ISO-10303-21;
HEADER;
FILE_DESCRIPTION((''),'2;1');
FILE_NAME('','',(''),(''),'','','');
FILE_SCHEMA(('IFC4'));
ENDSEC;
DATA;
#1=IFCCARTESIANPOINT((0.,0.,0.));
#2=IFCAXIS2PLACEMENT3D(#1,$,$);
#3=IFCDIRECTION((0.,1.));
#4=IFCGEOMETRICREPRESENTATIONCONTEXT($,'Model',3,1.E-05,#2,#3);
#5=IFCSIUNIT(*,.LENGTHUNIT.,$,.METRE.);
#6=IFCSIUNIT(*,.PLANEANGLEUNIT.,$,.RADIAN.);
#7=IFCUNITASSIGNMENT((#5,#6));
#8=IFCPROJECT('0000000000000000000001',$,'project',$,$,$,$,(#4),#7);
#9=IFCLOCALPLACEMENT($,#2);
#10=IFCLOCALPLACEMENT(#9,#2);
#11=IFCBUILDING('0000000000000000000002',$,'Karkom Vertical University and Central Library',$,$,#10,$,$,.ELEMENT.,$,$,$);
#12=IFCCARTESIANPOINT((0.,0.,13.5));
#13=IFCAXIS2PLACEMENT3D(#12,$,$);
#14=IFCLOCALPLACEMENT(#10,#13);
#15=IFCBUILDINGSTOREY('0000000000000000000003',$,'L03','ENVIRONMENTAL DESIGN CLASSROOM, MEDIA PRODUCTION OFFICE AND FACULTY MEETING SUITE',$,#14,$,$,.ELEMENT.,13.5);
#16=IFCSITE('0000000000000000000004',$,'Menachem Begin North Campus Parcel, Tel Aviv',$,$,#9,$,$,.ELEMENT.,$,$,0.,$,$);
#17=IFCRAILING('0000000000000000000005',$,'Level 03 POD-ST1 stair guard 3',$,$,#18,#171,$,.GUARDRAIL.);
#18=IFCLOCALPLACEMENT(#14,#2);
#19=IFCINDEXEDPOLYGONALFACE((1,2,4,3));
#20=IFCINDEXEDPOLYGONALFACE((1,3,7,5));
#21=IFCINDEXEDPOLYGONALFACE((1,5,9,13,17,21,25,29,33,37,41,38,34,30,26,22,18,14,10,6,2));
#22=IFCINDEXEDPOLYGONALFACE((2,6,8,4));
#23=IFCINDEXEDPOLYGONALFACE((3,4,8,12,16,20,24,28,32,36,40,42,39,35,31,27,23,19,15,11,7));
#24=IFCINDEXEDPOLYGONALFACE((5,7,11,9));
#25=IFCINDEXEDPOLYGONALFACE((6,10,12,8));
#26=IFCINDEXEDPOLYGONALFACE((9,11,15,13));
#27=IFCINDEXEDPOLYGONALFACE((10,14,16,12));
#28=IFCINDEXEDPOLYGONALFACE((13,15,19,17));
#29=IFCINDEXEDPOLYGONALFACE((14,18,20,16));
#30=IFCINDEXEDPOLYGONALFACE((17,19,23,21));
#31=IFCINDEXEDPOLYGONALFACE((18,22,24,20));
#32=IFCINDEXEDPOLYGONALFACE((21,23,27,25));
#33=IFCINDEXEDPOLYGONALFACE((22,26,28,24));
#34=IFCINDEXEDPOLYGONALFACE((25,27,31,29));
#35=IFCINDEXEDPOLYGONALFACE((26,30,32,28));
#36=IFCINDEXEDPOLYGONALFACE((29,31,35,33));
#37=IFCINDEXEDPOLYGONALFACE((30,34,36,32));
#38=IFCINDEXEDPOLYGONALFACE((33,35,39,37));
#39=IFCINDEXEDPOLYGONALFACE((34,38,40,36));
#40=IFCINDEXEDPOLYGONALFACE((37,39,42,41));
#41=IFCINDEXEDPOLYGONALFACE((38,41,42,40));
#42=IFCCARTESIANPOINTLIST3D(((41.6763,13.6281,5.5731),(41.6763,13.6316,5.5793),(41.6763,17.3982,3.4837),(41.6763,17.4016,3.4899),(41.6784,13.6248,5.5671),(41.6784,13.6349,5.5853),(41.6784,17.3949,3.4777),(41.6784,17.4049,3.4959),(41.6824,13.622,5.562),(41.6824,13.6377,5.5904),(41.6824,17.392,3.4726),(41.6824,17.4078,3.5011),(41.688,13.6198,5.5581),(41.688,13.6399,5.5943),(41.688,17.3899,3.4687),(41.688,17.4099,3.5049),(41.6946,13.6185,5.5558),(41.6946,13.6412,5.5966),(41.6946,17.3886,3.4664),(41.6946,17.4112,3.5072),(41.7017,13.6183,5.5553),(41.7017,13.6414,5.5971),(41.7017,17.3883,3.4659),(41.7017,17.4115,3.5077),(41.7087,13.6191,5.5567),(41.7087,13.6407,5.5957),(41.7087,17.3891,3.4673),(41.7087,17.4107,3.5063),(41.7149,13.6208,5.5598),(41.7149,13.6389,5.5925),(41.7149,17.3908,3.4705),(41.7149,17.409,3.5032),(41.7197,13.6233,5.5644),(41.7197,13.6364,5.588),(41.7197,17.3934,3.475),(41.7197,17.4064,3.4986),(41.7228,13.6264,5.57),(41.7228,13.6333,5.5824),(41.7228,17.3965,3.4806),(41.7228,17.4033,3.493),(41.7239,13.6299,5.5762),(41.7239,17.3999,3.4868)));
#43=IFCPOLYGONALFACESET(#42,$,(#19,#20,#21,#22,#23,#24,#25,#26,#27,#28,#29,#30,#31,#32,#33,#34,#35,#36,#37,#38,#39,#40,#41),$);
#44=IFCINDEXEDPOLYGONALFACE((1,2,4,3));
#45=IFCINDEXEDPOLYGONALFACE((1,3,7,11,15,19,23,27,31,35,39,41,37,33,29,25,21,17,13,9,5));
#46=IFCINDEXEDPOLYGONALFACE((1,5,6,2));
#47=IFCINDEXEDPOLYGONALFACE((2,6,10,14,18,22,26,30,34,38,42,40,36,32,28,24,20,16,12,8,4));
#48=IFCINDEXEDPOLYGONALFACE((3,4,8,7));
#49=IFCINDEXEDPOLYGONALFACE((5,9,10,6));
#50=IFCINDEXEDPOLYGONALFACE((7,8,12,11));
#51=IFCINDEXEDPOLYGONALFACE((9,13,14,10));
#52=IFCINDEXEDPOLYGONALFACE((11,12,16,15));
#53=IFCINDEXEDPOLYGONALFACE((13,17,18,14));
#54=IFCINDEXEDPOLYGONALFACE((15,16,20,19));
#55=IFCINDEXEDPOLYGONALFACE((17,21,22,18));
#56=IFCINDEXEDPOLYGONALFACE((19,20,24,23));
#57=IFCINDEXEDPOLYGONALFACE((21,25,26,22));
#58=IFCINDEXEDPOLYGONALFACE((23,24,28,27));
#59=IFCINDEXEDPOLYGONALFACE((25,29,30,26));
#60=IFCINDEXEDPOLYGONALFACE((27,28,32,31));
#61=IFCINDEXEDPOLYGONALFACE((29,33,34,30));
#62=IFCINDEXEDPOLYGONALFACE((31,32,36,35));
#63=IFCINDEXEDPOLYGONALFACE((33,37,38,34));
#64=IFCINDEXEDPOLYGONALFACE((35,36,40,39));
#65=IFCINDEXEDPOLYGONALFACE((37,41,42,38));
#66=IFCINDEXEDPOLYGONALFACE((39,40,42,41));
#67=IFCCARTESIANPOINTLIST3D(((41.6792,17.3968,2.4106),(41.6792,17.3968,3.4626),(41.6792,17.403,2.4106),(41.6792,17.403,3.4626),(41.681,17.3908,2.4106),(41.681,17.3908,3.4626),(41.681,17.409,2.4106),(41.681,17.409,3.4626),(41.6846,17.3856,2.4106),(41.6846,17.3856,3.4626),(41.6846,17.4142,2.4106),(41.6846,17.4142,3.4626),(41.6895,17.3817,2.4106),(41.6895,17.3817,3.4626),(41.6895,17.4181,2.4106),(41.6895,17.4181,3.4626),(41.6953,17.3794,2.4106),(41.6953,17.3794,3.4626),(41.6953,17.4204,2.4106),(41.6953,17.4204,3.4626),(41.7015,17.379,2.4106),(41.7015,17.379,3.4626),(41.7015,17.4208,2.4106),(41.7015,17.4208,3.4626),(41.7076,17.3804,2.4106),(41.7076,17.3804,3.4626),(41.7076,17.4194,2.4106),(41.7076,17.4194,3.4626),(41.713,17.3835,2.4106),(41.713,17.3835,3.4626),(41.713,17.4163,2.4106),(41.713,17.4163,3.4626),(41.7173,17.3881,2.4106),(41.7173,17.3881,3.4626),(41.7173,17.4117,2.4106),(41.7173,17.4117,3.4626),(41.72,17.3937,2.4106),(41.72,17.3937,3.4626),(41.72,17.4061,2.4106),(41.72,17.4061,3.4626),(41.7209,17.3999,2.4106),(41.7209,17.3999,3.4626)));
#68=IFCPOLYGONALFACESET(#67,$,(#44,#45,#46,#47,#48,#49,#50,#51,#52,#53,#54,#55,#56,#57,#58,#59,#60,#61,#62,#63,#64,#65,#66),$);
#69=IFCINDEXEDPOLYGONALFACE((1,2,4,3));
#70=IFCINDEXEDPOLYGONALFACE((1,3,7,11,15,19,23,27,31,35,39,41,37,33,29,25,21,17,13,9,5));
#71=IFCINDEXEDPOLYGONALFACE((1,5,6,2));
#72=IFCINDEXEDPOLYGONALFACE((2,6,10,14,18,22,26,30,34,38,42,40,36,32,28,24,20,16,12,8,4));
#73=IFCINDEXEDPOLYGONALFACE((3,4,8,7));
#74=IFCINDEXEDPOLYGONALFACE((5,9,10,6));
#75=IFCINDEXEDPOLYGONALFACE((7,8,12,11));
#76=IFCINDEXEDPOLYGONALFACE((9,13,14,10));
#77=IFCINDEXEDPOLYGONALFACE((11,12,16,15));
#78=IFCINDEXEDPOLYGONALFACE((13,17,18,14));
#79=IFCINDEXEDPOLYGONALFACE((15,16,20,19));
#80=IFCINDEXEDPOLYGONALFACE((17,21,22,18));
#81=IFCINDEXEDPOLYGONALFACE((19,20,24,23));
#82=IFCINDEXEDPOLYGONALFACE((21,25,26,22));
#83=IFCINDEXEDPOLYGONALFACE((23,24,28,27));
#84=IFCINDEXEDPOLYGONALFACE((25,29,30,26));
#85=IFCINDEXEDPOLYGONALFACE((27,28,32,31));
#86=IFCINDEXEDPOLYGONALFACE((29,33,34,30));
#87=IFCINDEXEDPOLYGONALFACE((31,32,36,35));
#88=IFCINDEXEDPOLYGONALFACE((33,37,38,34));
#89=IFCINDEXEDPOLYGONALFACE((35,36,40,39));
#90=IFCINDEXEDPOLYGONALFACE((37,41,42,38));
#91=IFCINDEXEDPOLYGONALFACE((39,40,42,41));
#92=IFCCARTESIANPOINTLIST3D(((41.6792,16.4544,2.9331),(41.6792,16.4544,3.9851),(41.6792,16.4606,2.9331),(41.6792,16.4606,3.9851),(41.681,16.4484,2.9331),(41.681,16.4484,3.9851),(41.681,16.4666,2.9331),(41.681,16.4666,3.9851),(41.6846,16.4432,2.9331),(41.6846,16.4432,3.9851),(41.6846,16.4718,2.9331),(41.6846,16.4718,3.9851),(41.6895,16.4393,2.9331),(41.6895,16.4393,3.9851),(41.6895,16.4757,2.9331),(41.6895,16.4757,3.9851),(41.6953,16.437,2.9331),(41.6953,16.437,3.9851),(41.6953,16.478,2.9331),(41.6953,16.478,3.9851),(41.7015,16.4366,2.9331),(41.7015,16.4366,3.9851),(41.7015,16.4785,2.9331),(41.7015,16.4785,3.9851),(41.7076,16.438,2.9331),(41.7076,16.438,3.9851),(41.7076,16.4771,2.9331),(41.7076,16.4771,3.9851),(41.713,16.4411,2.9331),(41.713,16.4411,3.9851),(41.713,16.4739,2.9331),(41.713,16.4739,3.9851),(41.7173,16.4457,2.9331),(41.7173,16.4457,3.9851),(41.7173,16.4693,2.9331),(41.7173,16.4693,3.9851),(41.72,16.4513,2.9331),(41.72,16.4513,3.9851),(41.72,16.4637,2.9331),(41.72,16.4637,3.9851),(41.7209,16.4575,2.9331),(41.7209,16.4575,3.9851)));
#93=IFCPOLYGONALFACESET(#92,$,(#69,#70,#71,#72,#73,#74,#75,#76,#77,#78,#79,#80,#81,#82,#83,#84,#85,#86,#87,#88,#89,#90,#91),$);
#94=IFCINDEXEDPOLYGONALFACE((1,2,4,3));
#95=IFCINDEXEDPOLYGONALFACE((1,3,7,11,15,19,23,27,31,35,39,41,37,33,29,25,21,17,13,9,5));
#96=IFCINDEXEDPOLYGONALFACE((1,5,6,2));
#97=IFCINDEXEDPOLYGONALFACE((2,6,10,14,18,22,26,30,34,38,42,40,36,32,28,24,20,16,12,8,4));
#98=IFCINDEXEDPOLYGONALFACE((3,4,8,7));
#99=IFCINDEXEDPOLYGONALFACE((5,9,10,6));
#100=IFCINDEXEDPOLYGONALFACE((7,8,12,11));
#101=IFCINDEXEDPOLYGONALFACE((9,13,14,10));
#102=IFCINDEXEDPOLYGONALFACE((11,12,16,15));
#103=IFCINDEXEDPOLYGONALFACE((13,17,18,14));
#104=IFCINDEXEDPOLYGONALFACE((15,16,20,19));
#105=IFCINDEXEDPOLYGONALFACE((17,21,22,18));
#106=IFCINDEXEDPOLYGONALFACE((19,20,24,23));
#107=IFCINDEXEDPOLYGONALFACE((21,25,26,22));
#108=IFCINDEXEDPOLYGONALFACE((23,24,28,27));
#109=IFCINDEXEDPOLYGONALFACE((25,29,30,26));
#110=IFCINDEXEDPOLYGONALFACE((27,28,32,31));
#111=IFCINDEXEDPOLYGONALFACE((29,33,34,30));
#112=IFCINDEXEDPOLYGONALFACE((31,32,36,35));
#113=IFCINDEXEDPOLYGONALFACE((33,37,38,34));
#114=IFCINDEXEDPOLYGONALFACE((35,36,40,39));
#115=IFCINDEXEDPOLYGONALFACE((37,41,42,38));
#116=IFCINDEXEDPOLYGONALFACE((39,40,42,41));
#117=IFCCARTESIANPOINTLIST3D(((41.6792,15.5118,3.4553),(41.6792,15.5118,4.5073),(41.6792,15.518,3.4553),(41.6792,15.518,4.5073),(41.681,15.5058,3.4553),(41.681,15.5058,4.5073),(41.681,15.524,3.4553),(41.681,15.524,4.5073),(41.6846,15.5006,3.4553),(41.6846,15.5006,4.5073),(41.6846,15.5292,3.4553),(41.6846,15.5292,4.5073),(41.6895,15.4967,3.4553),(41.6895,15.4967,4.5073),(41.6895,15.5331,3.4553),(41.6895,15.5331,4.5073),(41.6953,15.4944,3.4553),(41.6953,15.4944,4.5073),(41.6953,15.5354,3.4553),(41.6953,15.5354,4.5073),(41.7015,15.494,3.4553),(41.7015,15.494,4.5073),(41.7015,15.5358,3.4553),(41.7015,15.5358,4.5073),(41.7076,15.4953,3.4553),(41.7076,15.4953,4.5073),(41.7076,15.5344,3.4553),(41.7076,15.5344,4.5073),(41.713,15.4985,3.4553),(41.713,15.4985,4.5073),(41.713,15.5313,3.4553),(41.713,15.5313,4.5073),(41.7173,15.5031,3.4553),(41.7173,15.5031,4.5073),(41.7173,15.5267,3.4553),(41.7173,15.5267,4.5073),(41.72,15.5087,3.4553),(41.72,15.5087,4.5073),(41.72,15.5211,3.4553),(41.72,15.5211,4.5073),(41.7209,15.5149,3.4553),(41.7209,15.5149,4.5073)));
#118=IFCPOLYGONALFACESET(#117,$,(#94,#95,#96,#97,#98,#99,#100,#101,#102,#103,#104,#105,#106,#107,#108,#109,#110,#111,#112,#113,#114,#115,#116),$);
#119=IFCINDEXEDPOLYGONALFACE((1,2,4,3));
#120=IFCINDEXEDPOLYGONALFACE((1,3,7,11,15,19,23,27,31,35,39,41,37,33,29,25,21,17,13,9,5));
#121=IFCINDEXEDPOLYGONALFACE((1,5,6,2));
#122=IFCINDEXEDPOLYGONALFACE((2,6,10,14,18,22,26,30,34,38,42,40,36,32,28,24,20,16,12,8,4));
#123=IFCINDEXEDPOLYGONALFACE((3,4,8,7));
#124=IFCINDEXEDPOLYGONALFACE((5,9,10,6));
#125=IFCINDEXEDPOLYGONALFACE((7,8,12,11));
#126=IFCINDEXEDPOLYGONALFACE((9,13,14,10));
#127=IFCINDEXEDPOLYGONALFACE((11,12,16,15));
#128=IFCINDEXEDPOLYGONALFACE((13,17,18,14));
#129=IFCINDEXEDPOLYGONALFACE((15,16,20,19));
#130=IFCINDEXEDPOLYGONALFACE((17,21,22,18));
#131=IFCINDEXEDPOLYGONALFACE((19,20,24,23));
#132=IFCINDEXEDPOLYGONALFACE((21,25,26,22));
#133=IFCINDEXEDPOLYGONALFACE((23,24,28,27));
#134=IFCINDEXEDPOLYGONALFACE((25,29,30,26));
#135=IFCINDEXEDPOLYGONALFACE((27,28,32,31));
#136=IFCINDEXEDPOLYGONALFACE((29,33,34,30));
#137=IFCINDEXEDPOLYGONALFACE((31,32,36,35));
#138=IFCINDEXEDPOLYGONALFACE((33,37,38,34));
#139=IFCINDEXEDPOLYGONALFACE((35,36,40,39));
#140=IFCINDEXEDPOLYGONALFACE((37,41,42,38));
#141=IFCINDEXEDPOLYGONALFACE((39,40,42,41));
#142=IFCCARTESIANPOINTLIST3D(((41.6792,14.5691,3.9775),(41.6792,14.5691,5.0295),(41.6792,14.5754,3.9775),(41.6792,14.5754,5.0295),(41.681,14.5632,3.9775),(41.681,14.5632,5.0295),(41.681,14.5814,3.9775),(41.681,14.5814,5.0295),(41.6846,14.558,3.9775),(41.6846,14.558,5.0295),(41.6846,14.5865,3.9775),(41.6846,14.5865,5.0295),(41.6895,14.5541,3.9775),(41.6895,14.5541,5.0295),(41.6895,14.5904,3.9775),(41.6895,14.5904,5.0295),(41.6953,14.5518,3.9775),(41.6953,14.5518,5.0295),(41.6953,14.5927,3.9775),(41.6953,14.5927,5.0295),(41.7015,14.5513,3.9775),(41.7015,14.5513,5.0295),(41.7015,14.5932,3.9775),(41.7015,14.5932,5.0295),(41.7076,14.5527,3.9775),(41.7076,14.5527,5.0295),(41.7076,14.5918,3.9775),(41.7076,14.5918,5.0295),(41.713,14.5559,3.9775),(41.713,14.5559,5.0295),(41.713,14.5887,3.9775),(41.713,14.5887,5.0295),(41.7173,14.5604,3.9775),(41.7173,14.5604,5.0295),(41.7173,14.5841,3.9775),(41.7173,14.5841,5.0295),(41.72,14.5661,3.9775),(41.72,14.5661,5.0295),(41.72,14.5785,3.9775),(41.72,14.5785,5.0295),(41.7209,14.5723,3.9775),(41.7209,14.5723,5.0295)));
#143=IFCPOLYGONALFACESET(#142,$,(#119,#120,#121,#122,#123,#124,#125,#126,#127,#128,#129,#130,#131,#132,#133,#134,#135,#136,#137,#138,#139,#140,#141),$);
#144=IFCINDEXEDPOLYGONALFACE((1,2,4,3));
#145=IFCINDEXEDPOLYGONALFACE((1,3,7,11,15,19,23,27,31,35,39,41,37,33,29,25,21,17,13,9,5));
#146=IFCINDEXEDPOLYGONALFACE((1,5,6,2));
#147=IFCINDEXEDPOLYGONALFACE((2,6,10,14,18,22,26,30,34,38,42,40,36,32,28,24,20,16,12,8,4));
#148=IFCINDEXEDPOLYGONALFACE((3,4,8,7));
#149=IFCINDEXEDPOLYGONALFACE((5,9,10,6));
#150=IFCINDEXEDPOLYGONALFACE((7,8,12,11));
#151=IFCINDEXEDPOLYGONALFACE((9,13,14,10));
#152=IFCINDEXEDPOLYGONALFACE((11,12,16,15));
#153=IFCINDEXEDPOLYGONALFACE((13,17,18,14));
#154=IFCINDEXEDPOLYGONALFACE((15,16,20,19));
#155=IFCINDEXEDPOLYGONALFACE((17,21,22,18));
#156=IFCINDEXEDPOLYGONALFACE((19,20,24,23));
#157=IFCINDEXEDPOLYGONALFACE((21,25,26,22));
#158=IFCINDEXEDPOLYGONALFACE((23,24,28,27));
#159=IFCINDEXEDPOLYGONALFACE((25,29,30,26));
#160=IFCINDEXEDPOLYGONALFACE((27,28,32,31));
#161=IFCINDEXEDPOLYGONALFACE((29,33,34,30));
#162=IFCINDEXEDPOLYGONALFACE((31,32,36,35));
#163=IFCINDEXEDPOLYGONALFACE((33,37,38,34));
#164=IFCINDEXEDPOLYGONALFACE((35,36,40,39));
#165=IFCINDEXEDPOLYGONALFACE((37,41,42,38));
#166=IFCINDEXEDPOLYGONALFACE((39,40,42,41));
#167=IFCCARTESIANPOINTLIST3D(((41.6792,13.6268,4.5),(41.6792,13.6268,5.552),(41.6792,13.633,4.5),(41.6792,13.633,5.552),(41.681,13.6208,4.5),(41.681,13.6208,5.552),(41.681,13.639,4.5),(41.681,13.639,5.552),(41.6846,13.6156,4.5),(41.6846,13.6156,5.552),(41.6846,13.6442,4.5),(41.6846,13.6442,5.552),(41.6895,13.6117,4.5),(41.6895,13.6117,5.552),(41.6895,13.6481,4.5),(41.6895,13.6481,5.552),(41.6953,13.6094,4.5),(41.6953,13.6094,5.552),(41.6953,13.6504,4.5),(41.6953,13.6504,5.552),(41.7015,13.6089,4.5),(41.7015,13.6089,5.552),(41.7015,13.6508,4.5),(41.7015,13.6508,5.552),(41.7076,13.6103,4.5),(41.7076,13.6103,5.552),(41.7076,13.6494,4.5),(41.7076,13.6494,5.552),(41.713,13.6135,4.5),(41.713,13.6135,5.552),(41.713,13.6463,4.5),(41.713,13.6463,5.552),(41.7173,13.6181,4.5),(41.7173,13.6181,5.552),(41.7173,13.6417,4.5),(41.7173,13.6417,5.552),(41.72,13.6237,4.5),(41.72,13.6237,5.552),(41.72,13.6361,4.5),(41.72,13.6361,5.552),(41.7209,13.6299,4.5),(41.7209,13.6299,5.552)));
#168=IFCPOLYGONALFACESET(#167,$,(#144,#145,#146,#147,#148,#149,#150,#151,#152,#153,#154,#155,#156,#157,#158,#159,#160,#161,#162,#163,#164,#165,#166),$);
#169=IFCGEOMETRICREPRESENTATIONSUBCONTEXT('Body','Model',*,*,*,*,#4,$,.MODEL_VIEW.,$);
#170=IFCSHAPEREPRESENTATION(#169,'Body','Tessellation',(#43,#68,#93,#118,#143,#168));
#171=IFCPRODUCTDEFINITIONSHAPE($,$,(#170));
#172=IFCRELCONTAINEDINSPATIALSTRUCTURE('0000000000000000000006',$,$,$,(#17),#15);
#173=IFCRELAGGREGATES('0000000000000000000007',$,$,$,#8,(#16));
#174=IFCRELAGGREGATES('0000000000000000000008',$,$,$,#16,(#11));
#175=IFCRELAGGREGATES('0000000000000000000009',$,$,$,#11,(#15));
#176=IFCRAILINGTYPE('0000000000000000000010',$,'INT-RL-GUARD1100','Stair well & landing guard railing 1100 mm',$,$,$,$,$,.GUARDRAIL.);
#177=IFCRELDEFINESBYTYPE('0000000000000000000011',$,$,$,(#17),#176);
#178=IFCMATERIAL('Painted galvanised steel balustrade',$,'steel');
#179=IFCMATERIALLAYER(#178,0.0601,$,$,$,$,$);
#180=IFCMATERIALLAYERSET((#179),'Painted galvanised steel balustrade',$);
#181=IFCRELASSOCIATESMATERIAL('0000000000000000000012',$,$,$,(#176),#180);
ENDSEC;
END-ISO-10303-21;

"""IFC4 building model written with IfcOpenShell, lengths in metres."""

from ifc_helpers import new_model, si_unit, direction, frame, origin, origin_2d, place, context, subcontext, project, spatial, circle, extrude, material, layer, layer_set, type_object, element, save


model = new_model("IFC4")

# Units and contexts
model_context = context("Model", 3, precision=1e-05, world=origin(), true_north=direction((0.0, 1.0)))
body_context = subcontext(model_context, "Body", "Model", "MODEL_VIEW")
ifc_project = project(units=[si_unit("LENGTHUNIT", "METRE"), si_unit("PLANEANGLEUNIT", "RADIAN")], contexts=[model_context])

# Site, building, storey
site_placement = place(None, origin())
site = spatial("IfcSite", under=ifc_project, at=site_placement, Name="Menachem Begin North Campus Parcel, Tel Aviv", CompositionType="ELEMENT", RefElevation=0.0)
building_placement = place(site_placement, origin())
building = spatial("IfcBuilding", under=site, at=building_placement, Name="Karkom Vertical University and Central Library", CompositionType="ELEMENT")
storey_placement = place(building_placement, frame((0.0, 0.0, 13.5)))
storey = spatial("IfcBuildingStorey", under=building, at=storey_placement, Name="L03", Description="ENVIRONMENTAL DESIGN CLASSROOM, MEDIA PRODUCTION OFFICE AND FACULTY MEETING SUITE", CompositionType="ELEMENT", Elevation=13.5)

# Railing
ifc_material_1 = material(Name="Painted galvanised steel balustrade", Category="steel")
ifc_layer_1 = layer(ifc_material_1, 0.0601)
ifc_layer_set_1 = layer_set([ifc_layer_1], Name="Painted galvanised steel balustrade")
railing_type_1 = type_object("IfcRailingType", Name="INT-RL-GUARD1100", Description="Stair well & landing guard railing 1100 mm", PredefinedType="GUARDRAIL", material=ifc_layer_set_1)
railing_1_placement = place(storey_placement, frame((41.7, 17.3999, 2.4106)))
element("IfcRailing", 1, at=railing_1_placement, inside=storey, type_object=railing_type_1, Name="Level 03 POD-ST1 stair guard 3", PredefinedType="GUARDRAIL", context=body_context, shape_type="SweptSolid", body=[
    extrude(circle(Radius=0.0239, at=origin_2d()), frame((0.0, 0.0, 1.0762), z_axis=(0.0, -0.874659, 0.484739), x_axis=(1.0, 0.0, 0.0)), (0.0, 0.0, 1.0), 4.3103),
    extrude(circle(Radius=0.021, at=origin_2d()), origin(), (0.0, 0.0, 1.0), 1.052),
    extrude(circle(Radius=0.021, at=origin_2d()), frame((0.0, -0.9424, 0.5225)), (0.0, 0.0, 1.0), 1.052),
    extrude(circle(Radius=0.021, at=origin_2d()), frame((0.0, -1.885, 1.0447)), (0.0, 0.0, 1.0), 1.052),
    extrude(circle(Radius=0.021, at=origin_2d()), frame((0.0, -2.8276, 1.5669)), (0.0, 0.0, 1.0), 1.052),
    extrude(circle(Radius=0.021, at=origin_2d()), frame((0.0, -3.77, 2.0894)), (0.0, 0.0, 1.0), 1.052),
])

save(model, "model.ifc")
